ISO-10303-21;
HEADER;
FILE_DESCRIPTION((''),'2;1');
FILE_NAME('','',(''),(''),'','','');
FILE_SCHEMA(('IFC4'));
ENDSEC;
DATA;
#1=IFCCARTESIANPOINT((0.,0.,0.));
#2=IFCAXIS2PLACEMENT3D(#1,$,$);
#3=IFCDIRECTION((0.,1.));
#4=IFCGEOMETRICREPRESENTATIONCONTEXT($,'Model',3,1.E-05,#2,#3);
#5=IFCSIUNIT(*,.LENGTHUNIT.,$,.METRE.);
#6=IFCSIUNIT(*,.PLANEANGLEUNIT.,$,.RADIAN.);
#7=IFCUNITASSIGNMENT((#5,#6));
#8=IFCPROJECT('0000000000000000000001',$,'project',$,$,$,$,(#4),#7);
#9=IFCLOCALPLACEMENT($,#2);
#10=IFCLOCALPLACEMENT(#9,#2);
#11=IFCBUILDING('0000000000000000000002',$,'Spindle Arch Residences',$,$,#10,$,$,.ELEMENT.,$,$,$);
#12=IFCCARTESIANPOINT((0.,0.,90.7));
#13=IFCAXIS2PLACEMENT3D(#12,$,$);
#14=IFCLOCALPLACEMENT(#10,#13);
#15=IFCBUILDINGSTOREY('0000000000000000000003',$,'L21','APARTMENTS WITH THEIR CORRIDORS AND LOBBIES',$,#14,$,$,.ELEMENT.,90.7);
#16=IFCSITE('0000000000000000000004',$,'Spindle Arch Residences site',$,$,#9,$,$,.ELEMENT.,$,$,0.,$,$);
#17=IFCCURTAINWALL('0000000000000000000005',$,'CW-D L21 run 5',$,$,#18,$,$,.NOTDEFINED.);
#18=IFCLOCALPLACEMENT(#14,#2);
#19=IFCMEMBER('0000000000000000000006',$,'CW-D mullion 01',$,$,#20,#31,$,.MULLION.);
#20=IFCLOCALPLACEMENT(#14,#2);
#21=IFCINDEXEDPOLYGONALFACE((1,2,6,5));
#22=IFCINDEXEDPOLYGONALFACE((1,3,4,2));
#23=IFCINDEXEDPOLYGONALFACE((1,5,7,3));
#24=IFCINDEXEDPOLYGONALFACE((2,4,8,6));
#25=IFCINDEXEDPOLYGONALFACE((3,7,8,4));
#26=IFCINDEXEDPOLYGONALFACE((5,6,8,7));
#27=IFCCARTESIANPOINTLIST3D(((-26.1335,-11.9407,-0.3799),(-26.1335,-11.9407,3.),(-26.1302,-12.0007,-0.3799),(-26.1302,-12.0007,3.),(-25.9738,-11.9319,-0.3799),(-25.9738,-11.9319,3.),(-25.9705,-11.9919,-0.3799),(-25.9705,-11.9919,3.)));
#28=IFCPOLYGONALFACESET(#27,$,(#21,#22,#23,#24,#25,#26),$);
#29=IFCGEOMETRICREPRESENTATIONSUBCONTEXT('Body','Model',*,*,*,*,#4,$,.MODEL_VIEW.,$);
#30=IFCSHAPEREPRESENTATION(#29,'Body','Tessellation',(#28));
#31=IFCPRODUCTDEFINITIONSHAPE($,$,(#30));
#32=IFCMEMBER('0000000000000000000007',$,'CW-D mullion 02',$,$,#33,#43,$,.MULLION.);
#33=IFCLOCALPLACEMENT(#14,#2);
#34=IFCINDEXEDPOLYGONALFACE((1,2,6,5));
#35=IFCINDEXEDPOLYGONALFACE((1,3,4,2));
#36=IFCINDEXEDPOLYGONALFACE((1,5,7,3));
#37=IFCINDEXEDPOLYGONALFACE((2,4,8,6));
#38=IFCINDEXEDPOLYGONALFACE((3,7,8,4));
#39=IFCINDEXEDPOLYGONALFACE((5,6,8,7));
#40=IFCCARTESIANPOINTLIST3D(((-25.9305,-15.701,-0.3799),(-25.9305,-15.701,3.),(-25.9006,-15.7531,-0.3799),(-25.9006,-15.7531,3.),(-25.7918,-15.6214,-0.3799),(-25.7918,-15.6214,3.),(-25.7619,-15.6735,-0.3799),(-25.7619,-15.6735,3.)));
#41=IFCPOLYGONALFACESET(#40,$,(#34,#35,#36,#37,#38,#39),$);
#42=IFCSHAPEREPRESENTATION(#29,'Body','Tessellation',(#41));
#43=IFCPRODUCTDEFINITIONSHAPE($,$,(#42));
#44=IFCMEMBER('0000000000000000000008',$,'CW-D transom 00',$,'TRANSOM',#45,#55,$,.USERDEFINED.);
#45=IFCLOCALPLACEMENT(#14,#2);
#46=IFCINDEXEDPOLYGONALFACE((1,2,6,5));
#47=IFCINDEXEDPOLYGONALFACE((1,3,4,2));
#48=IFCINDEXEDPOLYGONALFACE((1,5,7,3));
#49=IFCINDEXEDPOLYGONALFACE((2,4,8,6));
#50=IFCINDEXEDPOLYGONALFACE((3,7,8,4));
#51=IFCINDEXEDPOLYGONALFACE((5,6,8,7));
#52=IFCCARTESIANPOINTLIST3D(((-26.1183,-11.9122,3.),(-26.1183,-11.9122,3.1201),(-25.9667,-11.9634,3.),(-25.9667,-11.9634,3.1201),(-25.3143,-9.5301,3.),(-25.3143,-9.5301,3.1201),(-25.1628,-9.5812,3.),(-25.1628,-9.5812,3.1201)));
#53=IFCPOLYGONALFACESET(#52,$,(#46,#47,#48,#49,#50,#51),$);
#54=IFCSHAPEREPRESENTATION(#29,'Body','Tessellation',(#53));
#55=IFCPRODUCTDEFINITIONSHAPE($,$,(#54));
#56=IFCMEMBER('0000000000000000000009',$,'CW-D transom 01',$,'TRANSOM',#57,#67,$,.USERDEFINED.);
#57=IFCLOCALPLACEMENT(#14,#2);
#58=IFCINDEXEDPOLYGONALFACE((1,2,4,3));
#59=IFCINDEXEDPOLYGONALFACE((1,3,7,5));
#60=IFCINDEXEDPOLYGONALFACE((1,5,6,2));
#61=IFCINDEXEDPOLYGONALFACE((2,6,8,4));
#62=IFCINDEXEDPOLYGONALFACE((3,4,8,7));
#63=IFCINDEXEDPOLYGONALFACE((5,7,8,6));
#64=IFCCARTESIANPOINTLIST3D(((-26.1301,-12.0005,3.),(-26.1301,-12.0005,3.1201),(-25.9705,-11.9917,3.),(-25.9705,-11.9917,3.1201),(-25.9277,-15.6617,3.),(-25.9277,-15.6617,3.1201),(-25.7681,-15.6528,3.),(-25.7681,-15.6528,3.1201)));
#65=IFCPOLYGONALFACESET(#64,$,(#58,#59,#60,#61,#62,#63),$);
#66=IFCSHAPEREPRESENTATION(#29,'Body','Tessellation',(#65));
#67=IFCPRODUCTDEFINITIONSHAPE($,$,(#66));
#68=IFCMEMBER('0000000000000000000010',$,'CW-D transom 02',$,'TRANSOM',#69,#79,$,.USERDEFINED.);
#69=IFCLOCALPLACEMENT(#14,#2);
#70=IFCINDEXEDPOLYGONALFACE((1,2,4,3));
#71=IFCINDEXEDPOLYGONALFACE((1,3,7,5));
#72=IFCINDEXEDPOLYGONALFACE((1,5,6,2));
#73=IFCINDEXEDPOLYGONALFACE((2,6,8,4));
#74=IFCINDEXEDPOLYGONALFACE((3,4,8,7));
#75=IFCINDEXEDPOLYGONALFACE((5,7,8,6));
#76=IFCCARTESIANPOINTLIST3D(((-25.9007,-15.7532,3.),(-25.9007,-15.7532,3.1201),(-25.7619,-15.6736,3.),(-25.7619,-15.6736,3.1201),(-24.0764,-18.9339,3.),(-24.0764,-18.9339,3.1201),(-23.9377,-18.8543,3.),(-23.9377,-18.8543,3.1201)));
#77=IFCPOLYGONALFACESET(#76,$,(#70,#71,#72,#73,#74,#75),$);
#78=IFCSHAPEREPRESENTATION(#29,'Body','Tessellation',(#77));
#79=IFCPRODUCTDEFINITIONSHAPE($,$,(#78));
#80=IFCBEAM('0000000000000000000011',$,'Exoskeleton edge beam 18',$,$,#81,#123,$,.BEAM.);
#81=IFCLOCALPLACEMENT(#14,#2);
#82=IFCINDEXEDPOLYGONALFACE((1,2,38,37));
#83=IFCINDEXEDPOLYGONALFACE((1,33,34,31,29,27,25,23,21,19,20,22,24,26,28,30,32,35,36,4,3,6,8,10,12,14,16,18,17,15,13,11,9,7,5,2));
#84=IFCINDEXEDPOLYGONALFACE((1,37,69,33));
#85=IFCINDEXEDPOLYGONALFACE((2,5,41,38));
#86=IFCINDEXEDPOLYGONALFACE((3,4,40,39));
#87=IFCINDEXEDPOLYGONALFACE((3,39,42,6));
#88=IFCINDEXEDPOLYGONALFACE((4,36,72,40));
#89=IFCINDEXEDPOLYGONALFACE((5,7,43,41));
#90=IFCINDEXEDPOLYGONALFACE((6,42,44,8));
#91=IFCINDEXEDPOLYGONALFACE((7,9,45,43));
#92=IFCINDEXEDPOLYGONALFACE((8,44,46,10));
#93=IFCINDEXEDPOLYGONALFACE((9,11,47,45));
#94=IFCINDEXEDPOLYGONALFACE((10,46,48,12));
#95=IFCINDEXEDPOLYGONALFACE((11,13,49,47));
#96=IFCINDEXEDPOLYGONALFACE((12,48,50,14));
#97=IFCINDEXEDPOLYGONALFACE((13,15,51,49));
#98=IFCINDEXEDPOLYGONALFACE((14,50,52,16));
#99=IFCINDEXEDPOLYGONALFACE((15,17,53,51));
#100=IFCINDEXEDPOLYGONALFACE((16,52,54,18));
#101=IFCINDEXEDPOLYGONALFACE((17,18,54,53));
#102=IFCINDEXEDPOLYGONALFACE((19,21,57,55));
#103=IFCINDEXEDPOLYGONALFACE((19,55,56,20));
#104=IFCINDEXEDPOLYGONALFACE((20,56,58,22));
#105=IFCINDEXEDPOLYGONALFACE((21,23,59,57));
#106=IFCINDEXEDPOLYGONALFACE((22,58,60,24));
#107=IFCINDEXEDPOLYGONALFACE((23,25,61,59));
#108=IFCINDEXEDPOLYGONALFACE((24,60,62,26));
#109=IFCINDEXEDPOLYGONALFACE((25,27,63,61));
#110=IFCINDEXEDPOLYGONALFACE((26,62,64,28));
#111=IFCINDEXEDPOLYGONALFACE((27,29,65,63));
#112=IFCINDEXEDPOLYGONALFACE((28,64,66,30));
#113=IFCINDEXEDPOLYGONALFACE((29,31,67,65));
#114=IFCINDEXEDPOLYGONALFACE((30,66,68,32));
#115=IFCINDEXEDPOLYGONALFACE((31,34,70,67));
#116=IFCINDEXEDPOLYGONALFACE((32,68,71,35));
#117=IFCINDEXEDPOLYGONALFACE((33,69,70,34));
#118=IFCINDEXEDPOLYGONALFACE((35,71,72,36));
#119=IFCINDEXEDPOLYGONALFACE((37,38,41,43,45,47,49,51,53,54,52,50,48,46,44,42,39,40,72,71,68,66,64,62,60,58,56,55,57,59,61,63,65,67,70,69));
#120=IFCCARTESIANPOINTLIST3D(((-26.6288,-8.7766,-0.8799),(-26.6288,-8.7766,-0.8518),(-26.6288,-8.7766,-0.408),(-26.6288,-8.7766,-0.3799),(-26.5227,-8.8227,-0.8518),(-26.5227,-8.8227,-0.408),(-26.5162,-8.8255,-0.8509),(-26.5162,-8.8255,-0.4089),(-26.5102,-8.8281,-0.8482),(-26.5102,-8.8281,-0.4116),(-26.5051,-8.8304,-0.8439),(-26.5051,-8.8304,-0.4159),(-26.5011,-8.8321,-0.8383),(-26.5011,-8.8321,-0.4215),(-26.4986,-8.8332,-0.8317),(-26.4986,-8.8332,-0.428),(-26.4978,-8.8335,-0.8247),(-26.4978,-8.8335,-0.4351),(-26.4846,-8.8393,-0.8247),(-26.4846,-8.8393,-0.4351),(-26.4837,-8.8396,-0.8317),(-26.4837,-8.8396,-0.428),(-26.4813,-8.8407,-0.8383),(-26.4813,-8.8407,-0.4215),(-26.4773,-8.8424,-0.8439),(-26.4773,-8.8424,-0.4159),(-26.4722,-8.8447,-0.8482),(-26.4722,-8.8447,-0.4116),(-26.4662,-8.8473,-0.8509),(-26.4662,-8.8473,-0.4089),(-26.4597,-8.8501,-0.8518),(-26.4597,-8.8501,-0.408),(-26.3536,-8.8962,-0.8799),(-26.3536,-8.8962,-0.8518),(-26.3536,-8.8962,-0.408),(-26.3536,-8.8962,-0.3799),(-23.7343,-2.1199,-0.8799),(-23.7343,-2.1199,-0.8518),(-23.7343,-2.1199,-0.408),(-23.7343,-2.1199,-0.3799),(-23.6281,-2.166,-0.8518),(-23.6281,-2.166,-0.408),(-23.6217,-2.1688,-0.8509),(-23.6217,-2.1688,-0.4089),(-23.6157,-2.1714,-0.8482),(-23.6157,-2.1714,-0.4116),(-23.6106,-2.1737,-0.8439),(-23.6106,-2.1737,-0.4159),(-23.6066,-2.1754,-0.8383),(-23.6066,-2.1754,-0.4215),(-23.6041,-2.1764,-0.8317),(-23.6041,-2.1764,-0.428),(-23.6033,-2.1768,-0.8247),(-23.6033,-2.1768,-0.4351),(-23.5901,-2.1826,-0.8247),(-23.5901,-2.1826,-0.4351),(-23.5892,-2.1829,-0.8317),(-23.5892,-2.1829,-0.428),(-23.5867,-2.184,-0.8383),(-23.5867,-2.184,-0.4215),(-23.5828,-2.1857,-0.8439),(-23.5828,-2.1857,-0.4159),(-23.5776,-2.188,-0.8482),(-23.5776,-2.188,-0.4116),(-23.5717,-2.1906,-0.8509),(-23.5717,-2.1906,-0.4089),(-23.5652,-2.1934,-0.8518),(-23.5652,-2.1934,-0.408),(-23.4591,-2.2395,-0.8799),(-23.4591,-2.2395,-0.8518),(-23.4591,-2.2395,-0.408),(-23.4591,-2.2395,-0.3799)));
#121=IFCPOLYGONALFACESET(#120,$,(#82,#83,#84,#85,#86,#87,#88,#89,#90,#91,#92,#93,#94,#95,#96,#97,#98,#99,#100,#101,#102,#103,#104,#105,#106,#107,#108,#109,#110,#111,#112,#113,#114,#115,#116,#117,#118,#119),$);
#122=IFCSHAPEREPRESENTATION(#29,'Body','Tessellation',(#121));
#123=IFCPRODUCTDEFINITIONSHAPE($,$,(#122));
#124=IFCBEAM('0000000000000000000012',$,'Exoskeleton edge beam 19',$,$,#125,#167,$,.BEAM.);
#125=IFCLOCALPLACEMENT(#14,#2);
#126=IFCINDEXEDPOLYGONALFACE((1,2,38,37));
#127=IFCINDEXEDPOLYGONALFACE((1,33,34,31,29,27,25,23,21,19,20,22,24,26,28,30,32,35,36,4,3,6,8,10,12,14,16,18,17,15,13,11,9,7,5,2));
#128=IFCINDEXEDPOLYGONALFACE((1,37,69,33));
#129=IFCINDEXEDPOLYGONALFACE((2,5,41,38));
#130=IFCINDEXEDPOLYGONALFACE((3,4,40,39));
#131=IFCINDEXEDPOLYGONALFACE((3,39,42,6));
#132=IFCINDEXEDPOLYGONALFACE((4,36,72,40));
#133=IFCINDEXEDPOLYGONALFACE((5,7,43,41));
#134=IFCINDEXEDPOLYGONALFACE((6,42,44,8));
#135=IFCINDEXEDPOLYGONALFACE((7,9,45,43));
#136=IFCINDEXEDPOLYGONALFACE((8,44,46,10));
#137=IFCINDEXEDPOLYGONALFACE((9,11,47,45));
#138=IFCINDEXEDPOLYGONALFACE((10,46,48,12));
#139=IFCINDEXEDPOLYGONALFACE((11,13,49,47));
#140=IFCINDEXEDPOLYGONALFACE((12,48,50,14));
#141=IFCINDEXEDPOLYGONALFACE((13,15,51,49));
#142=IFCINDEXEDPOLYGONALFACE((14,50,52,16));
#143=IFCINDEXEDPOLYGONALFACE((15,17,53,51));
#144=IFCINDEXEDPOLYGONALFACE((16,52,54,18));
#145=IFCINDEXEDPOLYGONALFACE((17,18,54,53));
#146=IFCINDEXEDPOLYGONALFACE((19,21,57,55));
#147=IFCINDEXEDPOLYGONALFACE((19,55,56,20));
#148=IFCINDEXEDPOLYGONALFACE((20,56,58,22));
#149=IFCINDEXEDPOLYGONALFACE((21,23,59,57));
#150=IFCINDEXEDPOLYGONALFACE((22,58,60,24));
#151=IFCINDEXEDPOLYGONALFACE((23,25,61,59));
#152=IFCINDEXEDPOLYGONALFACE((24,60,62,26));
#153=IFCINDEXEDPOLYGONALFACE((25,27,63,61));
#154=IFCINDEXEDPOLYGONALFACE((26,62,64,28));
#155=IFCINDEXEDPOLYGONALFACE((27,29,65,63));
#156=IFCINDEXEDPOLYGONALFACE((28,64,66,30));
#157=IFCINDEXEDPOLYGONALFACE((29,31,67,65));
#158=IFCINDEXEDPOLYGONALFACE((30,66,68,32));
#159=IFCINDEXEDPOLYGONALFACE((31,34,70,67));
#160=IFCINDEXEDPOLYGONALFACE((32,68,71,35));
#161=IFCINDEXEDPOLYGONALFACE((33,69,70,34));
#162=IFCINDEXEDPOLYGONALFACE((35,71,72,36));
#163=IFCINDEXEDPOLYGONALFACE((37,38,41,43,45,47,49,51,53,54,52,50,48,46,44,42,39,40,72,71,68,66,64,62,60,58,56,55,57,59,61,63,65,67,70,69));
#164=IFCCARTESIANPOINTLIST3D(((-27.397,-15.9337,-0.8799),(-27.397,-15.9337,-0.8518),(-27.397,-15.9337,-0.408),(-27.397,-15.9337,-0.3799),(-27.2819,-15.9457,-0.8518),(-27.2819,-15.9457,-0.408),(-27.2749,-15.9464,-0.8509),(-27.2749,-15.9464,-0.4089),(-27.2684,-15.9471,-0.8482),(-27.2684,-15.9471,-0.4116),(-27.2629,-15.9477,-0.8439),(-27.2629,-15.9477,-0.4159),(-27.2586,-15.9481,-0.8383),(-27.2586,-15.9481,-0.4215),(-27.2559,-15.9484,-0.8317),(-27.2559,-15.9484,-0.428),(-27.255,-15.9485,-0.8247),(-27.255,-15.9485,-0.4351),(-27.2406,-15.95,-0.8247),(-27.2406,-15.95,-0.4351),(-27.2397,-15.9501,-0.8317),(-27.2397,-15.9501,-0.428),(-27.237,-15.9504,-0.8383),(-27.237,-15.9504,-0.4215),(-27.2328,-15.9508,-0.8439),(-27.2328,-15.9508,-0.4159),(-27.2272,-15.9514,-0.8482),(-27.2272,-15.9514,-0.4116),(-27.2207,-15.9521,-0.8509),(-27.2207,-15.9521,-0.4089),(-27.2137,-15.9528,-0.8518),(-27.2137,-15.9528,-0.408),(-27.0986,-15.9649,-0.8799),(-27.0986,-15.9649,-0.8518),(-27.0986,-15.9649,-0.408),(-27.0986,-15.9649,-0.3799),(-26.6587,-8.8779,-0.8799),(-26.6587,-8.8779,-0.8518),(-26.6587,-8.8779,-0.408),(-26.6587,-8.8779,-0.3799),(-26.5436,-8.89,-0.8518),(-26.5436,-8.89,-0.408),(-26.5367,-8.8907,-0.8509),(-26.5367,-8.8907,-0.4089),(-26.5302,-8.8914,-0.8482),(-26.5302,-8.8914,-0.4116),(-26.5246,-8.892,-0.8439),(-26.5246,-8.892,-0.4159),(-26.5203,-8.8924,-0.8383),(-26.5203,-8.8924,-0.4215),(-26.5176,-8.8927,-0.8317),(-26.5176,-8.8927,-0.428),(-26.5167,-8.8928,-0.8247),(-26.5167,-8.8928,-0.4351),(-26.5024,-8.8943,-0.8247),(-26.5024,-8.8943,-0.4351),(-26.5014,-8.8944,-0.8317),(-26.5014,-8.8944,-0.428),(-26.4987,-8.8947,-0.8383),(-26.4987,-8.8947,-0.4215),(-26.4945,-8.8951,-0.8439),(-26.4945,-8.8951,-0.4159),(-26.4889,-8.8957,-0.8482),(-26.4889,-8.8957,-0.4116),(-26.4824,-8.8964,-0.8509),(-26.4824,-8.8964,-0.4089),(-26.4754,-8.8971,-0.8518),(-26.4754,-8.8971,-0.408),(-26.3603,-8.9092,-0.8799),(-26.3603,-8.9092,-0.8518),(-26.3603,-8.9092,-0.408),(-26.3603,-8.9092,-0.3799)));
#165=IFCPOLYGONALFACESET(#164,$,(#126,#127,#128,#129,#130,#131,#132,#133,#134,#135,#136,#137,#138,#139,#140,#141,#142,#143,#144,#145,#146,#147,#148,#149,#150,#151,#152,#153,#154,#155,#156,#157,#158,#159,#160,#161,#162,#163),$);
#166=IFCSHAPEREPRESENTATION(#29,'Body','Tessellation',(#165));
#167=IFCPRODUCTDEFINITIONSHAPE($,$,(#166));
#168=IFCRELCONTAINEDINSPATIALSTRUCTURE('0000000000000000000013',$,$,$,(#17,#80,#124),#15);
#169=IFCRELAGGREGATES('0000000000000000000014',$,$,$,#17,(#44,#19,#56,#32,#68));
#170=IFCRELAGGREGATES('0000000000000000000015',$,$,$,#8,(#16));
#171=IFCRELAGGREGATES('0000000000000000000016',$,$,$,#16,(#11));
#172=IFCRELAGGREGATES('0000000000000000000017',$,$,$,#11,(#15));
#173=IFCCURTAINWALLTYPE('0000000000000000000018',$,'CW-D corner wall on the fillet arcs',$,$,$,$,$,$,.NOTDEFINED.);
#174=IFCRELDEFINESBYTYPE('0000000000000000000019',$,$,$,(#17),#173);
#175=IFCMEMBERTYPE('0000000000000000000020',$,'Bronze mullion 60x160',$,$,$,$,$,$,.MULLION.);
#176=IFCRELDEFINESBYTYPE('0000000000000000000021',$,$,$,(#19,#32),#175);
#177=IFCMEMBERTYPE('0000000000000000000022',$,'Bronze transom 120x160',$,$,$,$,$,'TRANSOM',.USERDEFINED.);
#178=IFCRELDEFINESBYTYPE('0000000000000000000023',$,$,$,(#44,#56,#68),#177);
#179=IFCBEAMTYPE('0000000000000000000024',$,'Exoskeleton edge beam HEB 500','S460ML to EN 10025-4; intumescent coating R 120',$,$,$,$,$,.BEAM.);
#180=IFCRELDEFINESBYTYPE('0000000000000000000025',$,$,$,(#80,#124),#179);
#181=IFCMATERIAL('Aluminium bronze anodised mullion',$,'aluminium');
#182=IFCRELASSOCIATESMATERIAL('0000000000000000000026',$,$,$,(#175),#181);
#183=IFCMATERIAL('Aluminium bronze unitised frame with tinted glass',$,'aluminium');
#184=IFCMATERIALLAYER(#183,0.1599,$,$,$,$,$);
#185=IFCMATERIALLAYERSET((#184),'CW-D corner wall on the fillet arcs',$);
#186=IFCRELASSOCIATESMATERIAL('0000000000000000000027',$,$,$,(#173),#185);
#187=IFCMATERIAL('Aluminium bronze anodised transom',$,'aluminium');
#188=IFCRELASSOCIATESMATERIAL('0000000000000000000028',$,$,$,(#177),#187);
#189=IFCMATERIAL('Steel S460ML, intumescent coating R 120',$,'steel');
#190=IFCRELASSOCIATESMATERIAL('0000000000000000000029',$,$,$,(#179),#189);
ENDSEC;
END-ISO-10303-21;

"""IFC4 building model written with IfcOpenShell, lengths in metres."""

from ifc_helpers import new_model, si_unit, direction, frame, origin, origin_2d, place, context, subcontext, project, spatial, rectangle, i_section, extrude, material, layer, layer_set, material_profile, profile_set, type_object, element, aggregate, save


model = new_model("IFC4")

# Units and contexts
model_context = context("Model", 3, precision=1e-05, world=origin(), true_north=direction((0.0, 1.0)))
body_context = subcontext(model_context, "Body", "Model", "MODEL_VIEW")
ifc_project = project(units=[si_unit("LENGTHUNIT", "METRE"), si_unit("PLANEANGLEUNIT", "RADIAN")], contexts=[model_context])

# Site, building, storey
site_placement = place(None, origin())
site = spatial("IfcSite", under=ifc_project, at=site_placement, Name="Spindle Arch Residences site", CompositionType="ELEMENT", RefElevation=0.0)
building_placement = place(site_placement, origin())
building = spatial("IfcBuilding", under=site, at=building_placement, Name="Spindle Arch Residences", CompositionType="ELEMENT")
storey_placement = place(building_placement, frame((0.0, 0.0, 90.7)))
storey = spatial("IfcBuildingStorey", under=building, at=storey_placement, Name="L21", Description="APARTMENTS WITH THEIR CORRIDORS AND LOBBIES", CompositionType="ELEMENT", Elevation=90.7)

# Shared definitions
ifc_material_1 = material(Name="Aluminium bronze anodised mullion", Category="aluminium")
ifc_material_profile_1 = material_profile(ifc_material_1, rectangle(XDim=0.1599, YDim=0.0601, at=origin_2d()), Name="MU 60x160")
ifc_profile_set_1 = profile_set([ifc_material_profile_1], Name="Aluminium bronze anodised mullion")
member_type_1 = type_object("IfcMemberType", Name="Bronze mullion 60x160", PredefinedType="MULLION", material=ifc_profile_set_1)

# Curtain wall, members
ifc_material_2 = material(Name="Aluminium bronze unitised frame with tinted glass", Category="aluminium")
ifc_layer_1 = layer(ifc_material_2, 0.1599)
ifc_layer_set_1 = layer_set([ifc_layer_1], Name="CW-D corner wall on the fillet arcs")
curtain_wall_type_1 = type_object("IfcCurtainWallType", Name="CW-D corner wall on the fillet arcs", PredefinedType="NOTDEFINED", material=ifc_layer_set_1)
curtain_wall_1_placement = place(storey_placement, origin())
curtain_wall_1 = element("IfcCurtainWall", 1, at=curtain_wall_1_placement, inside=storey, type_object=curtain_wall_type_1, Name="CW-D L21 run 5", PredefinedType="NOTDEFINED")
member_1_placement = place(storey_placement, frame((-26.052, -11.9663, -0.3799), z_axis=(0.0, 0.0, 1.0), x_axis=(0.998473, 0.055241, 0.0)))
member_1 = element("IfcMember", 2, at=member_1_placement, type_object=member_type_1, Name="CW-D mullion 01", PredefinedType="MULLION", context=body_context, shape_type="SweptSolid", body=[
    extrude(rectangle(XDim=0.1599, YDim=0.0601, at=origin_2d()), origin(), (0.0, 0.0, 1.0), 3.3799),
])
member_2_placement = place(storey_placement, frame((-25.8462, -15.6873, -0.3799), z_axis=(0.0, 0.0, 1.0), x_axis=(0.867476, 0.497479, 0.0)))
member_2 = element("IfcMember", 3, at=member_2_placement, type_object=member_type_1, Name="CW-D mullion 02", PredefinedType="MULLION", context=body_context, shape_type="SweptSolid", body=[
    extrude(rectangle(XDim=0.1599, YDim=0.0601, at=origin_2d()), origin(), (0.0, 0.0, 1.0), 3.3799),
])
ifc_material_3 = material(Name="Aluminium bronze anodised transom", Category="aluminium")
ifc_material_profile_2 = material_profile(ifc_material_3, rectangle(XDim=0.1599, YDim=0.1201, at=origin_2d()), Name="TR 120x160")
ifc_profile_set_2 = profile_set([ifc_material_profile_2], Name="Aluminium bronze anodised transom")
member_type_2 = type_object("IfcMemberType", Name="Bronze transom 120x160", ElementType="TRANSOM", PredefinedType="USERDEFINED", material=ifc_profile_set_2)
member_3_placement = place(storey_placement, frame((-25.2385, -9.5557, 3.0601), z_axis=(-0.31978, -0.947492, 0.0), x_axis=(0.947492, -0.31978, 0.0)))
member_3 = element("IfcMember", 4, at=member_3_placement, type_object=member_type_2, Name="CW-D transom 00", ObjectType="TRANSOM", PredefinedType="USERDEFINED", context=body_context, shape_type="SweptSolid", body=[
    extrude(rectangle(XDim=0.1599, YDim=0.1201, at=origin_2d()), origin(), (0.0, 0.0, 1.0), 2.5142),
])
member_4_placement = place(storey_placement, frame((-26.0503, -11.9961, 3.0601), z_axis=(0.055197, -0.998475, 0.0), x_axis=(0.998475, 0.055197, 0.0)))
member_4 = element("IfcMember", 5, at=member_4_placement, type_object=member_type_2, Name="CW-D transom 01", ObjectType="TRANSOM", PredefinedType="USERDEFINED", context=body_context, shape_type="SweptSolid", body=[
    extrude(rectangle(XDim=0.1599, YDim=0.1201, at=origin_2d()), origin(), (0.0, 0.0, 1.0), 3.6667),
])
member_5_placement = place(storey_placement, frame((-25.8313, -15.7134, 3.0601), z_axis=(0.497515, -0.867455, 0.0), x_axis=(0.867455, 0.497515, 0.0)))
member_5 = element("IfcMember", 6, at=member_5_placement, type_object=member_type_2, Name="CW-D transom 02", ObjectType="TRANSOM", PredefinedType="USERDEFINED", context=body_context, shape_type="SweptSolid", body=[
    extrude(rectangle(XDim=0.1599, YDim=0.1201, at=origin_2d()), origin(), (0.0, 0.0, 1.0), 3.6667),
])

# Beams
ifc_material_4 = material(Name="Steel S460ML, intumescent coating R 120", Category="steel")
ifc_material_profile_3 = material_profile(ifc_material_4, i_section(OverallWidth=0.3, OverallDepth=0.5, WebThickness=0.0144, FlangeThickness=0.0281, FilletRadius=0.0271, at=origin_2d()), Name="HEB 500")
ifc_profile_set_3 = profile_set([ifc_material_profile_3], Name="Steel S460ML, intumescent coating R 120")
beam_type_1 = type_object("IfcBeamType", Name="Exoskeleton edge beam HEB 500", Description="S460ML to EN 10025-4; intumescent coating R 120", PredefinedType="BEAM", material=ifc_profile_set_3)
beam_1_placement = place(storey_placement, frame((-23.5967, -2.1797, -0.6299), z_axis=(-0.398761, -0.917055, 0.0), x_axis=(0.917055, -0.398761, 0.0)))
element("IfcBeam", 7, at=beam_1_placement, inside=storey, type_object=beam_type_1, Name="Exoskeleton edge beam 18", PredefinedType="BEAM", context=body_context, shape_type="SweptSolid", body=[
    extrude(i_section(OverallWidth=0.3, OverallDepth=0.5, WebThickness=0.0144, FlangeThickness=0.0281, FilletRadius=0.0271, at=origin_2d()), origin(), (0.0, 0.0, 1.0), 7.2588),
])
beam_2_placement = place(storey_placement, frame((-26.5095, -8.8936, -0.6299), z_axis=(-0.104069, -0.99457, 0.0), x_axis=(0.99457, -0.104069, 0.0)))
element("IfcBeam", 8, at=beam_2_placement, inside=storey, type_object=beam_type_1, Name="Exoskeleton edge beam 19", PredefinedType="BEAM", context=body_context, shape_type="SweptSolid", body=[
    extrude(i_section(OverallWidth=0.3, OverallDepth=0.5, WebThickness=0.0144, FlangeThickness=0.0281, FilletRadius=0.0271, at=origin_2d()), origin(), (0.0, 0.0, 1.0), 7.0942),
])

aggregate(curtain_wall_1, [member_3, member_1, member_4, member_2, member_5])

save(model, "model.ifc")
